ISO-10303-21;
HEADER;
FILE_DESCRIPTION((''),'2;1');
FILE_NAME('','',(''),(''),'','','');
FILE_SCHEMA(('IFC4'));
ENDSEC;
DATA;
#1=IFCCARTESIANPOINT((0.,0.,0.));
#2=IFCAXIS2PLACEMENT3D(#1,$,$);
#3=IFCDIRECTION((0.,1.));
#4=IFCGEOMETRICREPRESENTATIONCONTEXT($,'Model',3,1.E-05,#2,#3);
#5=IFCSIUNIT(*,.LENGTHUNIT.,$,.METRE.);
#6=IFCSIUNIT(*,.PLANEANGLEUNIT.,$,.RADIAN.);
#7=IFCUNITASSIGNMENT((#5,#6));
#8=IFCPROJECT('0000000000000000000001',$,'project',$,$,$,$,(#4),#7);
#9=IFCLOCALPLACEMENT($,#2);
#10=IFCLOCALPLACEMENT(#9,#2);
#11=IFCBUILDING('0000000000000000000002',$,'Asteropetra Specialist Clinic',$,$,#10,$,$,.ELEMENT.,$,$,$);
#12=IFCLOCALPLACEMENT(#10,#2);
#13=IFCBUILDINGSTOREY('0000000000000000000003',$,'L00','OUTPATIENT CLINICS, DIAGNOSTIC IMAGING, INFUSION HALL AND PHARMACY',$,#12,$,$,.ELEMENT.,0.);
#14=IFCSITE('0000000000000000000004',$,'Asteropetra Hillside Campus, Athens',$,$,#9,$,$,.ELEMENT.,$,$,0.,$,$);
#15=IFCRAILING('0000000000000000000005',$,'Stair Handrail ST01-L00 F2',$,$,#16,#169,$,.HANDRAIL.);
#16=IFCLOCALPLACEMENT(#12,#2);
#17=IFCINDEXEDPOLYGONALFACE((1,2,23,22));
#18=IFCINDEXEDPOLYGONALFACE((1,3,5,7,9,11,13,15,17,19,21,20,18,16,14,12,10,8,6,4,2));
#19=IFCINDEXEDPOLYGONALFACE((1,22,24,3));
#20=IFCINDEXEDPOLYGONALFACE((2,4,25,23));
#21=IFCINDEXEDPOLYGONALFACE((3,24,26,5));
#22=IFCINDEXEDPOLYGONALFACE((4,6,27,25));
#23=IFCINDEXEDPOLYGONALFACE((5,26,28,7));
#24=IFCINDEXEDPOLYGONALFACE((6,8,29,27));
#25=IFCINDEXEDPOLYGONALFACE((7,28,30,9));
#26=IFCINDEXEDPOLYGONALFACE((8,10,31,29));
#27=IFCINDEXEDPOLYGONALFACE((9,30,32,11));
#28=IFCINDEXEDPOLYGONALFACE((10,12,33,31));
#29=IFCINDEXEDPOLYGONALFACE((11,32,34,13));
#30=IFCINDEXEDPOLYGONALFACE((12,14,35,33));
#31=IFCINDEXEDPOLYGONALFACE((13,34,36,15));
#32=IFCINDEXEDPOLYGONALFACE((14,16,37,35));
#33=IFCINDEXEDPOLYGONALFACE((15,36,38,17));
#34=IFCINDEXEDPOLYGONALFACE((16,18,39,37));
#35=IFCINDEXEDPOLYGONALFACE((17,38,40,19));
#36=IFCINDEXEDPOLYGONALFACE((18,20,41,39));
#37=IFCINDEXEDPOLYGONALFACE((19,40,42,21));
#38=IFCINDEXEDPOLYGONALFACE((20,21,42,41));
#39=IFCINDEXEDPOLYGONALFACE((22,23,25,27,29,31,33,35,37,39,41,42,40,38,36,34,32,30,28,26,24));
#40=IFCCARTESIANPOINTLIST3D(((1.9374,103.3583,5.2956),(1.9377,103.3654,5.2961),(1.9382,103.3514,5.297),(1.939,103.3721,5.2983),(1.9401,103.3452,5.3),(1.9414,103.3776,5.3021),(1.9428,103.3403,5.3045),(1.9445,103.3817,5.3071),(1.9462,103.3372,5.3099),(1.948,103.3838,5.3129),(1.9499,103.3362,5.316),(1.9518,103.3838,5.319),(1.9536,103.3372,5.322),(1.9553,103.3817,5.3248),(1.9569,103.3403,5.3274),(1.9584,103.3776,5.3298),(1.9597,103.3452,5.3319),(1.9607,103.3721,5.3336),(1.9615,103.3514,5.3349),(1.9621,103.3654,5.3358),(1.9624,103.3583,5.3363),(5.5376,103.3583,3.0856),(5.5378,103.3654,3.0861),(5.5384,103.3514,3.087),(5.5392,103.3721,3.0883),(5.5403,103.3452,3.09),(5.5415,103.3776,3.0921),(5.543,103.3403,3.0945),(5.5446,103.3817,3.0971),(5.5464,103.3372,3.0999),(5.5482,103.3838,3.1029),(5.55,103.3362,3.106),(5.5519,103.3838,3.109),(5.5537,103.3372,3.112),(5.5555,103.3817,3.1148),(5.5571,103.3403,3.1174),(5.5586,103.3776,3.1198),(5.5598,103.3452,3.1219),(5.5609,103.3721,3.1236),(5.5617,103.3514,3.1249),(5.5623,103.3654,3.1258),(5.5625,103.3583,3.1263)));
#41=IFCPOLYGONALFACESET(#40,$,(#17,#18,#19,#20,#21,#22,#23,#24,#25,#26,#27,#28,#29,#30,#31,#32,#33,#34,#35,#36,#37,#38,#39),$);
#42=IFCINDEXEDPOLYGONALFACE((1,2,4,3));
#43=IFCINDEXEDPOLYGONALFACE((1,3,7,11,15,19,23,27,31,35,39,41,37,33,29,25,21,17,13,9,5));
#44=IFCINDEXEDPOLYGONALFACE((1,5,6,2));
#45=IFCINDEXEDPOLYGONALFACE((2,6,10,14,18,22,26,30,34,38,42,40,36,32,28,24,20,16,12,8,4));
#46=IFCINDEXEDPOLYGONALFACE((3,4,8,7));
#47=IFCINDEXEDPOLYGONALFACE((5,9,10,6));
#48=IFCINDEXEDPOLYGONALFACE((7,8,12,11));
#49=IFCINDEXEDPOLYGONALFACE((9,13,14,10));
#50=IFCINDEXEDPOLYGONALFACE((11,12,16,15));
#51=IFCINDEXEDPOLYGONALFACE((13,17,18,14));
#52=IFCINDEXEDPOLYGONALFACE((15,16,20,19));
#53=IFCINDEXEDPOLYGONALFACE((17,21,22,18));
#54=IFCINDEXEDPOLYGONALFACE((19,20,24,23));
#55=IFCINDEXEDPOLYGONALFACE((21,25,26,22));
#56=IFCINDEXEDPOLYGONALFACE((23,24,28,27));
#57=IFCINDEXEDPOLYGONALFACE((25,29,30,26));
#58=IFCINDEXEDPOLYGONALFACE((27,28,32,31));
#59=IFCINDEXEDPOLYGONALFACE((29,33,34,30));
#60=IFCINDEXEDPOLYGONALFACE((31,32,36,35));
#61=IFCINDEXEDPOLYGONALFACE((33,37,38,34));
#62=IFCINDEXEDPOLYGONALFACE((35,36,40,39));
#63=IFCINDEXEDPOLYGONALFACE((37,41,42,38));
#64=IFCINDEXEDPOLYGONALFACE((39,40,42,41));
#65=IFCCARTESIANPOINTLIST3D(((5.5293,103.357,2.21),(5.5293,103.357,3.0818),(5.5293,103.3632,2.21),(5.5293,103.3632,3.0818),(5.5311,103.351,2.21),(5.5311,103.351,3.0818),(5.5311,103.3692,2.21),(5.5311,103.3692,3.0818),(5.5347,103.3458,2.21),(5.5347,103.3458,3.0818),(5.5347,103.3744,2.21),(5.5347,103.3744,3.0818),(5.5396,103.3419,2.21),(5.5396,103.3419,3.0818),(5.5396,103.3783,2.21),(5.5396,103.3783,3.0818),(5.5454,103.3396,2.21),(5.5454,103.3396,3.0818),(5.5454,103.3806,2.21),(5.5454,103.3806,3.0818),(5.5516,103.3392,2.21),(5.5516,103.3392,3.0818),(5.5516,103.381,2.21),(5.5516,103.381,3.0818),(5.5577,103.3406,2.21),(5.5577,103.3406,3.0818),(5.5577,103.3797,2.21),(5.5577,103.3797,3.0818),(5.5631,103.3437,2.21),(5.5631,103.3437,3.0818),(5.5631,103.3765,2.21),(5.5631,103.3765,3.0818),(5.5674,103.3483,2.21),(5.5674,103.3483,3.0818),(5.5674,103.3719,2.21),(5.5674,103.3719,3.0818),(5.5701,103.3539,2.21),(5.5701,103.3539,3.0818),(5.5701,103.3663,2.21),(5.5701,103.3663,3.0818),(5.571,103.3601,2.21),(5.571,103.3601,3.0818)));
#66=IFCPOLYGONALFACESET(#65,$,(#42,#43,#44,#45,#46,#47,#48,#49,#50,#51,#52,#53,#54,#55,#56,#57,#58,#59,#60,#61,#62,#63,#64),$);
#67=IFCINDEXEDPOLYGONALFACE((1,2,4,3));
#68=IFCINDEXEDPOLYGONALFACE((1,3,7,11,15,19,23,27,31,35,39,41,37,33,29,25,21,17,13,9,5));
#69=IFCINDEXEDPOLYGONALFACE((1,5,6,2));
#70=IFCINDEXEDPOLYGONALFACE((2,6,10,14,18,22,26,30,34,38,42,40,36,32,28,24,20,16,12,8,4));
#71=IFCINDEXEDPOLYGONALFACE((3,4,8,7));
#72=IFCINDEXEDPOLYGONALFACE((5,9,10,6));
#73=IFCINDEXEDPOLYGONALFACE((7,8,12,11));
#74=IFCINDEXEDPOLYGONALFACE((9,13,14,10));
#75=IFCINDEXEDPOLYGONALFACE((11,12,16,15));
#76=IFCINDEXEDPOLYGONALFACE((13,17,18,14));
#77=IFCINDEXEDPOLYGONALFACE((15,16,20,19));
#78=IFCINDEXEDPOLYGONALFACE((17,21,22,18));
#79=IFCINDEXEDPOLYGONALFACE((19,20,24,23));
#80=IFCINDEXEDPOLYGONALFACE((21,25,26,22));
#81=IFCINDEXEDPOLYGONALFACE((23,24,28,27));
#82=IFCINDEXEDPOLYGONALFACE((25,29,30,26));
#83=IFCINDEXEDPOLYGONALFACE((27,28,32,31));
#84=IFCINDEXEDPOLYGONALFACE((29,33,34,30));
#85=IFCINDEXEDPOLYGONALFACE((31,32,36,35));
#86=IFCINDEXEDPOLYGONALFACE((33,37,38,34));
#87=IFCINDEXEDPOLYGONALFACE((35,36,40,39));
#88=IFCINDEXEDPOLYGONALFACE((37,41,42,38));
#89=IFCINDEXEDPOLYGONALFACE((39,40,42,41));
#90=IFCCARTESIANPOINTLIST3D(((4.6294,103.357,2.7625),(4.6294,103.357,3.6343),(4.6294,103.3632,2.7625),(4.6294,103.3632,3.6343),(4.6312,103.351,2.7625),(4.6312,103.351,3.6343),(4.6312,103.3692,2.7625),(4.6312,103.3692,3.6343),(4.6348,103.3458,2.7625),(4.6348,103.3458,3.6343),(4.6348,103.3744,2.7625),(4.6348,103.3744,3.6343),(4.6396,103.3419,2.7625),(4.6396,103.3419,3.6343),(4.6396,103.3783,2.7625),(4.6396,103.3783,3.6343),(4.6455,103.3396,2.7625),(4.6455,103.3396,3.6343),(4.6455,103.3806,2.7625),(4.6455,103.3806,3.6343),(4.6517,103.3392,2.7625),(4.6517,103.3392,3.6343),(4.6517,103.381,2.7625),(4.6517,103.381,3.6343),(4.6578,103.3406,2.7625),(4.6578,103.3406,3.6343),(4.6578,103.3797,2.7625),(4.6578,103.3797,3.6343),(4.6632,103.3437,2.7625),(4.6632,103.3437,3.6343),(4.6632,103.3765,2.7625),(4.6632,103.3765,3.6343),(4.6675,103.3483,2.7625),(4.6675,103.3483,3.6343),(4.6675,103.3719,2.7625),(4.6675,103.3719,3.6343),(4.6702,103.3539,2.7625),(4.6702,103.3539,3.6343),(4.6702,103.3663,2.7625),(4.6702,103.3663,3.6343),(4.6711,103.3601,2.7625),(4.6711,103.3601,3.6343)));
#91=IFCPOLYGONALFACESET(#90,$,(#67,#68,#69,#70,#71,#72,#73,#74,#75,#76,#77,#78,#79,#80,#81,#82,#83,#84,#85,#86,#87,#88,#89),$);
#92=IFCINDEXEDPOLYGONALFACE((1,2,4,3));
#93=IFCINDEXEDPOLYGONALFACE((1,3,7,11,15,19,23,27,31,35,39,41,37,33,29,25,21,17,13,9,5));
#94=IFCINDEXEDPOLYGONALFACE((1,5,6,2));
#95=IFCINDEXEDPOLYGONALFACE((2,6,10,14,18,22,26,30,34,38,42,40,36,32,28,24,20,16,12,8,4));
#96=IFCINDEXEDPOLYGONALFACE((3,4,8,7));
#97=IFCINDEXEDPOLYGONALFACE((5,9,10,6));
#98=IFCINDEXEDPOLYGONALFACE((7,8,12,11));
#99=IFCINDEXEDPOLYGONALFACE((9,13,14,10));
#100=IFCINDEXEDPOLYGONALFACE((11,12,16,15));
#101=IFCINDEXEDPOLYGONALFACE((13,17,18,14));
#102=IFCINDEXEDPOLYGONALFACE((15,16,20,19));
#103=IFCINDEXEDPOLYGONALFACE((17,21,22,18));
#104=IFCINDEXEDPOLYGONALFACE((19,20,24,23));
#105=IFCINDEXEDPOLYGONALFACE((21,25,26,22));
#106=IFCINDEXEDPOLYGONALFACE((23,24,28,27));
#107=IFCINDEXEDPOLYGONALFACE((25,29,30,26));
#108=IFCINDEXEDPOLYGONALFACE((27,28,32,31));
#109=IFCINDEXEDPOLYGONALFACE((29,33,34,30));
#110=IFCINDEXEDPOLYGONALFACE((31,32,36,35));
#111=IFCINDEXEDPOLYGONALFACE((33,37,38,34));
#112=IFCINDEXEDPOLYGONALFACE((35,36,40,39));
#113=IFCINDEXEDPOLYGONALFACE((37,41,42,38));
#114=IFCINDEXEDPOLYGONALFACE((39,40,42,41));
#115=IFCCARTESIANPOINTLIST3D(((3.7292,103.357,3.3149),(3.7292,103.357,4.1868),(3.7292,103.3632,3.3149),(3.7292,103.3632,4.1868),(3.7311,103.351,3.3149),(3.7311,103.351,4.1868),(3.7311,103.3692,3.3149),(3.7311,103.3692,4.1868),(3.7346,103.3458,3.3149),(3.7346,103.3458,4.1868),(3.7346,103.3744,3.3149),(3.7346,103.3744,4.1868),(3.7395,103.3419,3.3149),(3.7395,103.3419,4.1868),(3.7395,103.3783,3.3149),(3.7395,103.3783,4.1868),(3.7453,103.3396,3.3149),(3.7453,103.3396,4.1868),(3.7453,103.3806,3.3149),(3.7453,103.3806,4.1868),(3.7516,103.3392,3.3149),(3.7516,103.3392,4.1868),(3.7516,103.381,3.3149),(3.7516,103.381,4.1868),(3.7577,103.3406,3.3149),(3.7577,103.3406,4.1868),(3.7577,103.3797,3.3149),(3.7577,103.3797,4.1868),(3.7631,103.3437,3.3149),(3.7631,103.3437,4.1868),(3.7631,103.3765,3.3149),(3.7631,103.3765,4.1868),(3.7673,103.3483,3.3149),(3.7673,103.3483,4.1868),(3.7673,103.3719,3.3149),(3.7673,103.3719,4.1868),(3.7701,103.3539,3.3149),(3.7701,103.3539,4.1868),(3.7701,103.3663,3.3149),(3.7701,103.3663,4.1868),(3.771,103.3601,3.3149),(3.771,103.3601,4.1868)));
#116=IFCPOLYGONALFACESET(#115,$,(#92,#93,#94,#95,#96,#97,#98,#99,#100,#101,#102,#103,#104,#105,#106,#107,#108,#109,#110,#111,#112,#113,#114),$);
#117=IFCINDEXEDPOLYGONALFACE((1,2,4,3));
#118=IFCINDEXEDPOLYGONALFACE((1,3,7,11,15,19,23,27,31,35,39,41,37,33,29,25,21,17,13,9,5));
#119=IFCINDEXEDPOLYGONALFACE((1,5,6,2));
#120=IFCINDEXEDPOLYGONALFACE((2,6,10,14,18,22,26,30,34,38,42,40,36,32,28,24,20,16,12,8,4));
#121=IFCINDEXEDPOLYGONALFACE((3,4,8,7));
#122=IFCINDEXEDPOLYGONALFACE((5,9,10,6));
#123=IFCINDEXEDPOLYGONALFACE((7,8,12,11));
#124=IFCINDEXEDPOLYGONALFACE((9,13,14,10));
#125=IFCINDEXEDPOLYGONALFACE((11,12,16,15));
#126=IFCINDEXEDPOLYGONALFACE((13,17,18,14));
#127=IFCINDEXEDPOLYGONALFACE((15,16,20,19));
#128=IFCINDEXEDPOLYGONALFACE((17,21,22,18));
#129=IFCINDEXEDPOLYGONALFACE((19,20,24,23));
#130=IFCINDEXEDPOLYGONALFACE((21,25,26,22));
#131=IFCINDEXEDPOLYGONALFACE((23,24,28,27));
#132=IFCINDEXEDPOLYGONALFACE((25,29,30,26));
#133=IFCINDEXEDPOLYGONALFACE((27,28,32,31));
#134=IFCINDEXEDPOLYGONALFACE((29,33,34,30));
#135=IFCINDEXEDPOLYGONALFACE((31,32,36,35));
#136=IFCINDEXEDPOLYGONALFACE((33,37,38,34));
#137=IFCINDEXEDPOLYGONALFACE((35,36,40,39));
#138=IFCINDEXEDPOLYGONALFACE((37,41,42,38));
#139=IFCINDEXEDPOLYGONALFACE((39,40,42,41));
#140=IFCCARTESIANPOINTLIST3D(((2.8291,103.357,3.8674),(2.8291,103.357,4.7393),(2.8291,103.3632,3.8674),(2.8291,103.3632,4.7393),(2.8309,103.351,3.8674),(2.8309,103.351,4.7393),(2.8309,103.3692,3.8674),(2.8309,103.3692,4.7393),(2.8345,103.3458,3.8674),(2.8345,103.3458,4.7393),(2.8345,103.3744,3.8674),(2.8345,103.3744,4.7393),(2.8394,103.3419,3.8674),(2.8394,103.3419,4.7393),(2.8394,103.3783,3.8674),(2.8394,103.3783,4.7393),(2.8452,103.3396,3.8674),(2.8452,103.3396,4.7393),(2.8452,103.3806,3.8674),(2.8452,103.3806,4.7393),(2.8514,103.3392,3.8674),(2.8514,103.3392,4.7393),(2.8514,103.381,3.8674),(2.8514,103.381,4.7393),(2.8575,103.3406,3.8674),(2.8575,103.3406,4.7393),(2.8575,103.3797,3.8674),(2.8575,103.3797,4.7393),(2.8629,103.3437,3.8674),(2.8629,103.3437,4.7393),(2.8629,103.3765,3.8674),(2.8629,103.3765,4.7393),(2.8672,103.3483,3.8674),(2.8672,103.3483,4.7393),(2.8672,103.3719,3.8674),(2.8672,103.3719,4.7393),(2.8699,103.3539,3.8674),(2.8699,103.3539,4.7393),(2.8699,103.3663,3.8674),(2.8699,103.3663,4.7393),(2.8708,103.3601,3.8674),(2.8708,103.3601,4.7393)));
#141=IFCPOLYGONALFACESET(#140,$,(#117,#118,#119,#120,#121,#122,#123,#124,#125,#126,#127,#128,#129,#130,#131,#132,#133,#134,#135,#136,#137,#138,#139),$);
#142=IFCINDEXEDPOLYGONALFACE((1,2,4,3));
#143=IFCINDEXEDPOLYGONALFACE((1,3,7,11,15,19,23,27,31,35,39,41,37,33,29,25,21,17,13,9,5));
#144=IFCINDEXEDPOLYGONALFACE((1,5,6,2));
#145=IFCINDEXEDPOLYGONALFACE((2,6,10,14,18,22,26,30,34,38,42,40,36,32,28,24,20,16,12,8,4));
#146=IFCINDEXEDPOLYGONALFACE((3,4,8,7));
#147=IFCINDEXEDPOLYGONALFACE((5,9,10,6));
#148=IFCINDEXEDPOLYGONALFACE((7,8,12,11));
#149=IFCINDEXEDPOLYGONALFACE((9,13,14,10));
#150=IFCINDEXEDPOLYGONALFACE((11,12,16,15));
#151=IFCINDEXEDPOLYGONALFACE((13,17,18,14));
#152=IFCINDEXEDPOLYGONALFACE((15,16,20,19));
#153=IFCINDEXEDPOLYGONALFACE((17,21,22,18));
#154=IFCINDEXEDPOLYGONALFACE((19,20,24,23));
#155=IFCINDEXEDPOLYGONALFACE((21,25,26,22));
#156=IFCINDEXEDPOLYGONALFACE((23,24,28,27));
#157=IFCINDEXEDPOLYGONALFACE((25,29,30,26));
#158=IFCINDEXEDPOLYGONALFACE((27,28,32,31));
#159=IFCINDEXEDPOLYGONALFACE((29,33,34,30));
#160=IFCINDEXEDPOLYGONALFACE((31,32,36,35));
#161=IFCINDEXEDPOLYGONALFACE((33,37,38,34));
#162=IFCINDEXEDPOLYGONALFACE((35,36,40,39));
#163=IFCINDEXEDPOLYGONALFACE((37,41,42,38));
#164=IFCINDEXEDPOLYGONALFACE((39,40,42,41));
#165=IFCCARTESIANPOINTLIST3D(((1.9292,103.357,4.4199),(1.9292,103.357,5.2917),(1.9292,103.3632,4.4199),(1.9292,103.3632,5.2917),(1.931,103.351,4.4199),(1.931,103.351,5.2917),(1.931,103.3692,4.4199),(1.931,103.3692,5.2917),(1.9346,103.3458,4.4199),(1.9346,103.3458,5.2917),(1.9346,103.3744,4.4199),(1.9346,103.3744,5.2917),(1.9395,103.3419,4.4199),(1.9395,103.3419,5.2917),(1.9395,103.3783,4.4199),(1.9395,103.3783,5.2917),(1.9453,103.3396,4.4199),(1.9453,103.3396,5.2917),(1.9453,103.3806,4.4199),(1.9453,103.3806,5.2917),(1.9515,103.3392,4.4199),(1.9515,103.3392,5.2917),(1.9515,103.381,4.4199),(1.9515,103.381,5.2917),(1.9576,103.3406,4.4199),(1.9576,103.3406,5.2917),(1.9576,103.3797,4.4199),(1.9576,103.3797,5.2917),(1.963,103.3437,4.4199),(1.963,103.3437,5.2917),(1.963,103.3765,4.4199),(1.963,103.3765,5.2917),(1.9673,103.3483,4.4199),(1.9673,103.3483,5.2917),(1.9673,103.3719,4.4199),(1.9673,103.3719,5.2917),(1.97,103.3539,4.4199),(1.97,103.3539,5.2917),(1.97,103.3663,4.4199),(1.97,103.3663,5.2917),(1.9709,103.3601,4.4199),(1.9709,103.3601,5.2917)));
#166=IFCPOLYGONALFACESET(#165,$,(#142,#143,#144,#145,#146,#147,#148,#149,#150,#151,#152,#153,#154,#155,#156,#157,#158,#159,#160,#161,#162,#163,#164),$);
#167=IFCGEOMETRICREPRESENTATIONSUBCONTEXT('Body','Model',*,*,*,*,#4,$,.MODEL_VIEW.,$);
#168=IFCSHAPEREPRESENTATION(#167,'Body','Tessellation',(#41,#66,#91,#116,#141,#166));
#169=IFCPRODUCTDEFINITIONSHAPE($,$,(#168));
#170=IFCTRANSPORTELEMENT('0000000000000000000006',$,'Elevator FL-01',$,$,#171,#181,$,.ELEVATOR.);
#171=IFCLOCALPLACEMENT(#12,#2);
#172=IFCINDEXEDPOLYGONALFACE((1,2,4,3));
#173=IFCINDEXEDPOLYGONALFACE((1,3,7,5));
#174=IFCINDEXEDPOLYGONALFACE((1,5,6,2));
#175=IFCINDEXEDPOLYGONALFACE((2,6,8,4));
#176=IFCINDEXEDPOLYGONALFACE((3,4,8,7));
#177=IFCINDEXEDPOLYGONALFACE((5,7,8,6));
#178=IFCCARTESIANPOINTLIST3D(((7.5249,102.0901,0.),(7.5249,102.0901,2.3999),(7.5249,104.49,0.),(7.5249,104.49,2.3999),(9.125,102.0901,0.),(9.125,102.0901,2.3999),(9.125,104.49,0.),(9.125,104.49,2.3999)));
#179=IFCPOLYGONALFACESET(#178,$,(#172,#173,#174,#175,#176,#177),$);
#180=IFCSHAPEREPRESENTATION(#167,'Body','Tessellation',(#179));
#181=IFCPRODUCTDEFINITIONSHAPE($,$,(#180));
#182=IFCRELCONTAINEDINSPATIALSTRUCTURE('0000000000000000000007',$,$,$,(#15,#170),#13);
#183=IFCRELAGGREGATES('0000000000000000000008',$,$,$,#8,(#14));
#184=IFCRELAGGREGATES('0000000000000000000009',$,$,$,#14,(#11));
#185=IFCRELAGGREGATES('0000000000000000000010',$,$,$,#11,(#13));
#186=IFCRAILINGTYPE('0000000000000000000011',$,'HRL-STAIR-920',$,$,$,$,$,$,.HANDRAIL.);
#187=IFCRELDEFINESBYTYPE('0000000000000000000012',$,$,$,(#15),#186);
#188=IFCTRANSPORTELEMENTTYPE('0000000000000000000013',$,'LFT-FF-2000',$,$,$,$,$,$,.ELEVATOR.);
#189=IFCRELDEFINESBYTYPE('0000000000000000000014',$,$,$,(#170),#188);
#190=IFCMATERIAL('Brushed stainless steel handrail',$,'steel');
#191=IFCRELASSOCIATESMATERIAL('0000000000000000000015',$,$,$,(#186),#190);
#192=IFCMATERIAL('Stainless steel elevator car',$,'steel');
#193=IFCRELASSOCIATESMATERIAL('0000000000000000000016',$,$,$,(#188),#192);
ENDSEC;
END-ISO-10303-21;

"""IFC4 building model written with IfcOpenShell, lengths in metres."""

from ifc_helpers import new_model, si_unit, direction, frame, origin, origin_2d, place, context, subcontext, project, spatial, rectangle, circle, extrude, material, type_object, element, save


model = new_model("IFC4")

# Units and contexts
model_context = context("Model", 3, precision=1e-05, world=origin(), true_north=direction((0.0, 1.0)))
body_context = subcontext(model_context, "Body", "Model", "MODEL_VIEW")
ifc_project = project(units=[si_unit("LENGTHUNIT", "METRE"), si_unit("PLANEANGLEUNIT", "RADIAN")], contexts=[model_context])

# Site, building, storey
site_placement = place(None, origin())
site = spatial("IfcSite", under=ifc_project, at=site_placement, Name="Asteropetra Hillside Campus, Athens", CompositionType="ELEMENT", RefElevation=0.0)
building_placement = place(site_placement, origin())
building = spatial("IfcBuilding", under=site, at=building_placement, Name="Asteropetra Specialist Clinic", CompositionType="ELEMENT")
storey_placement = place(building_placement, origin())
storey = spatial("IfcBuildingStorey", under=building, at=storey_placement, Name="L00", Description="OUTPATIENT CLINICS, DIAGNOSTIC IMAGING, INFUSION HALL AND PHARMACY", CompositionType="ELEMENT", Elevation=0.0)

# Railing
ifc_material_1 = material(Name="Brushed stainless steel handrail", Category="steel")
railing_type_1 = type_object("IfcRailingType", Name="HRL-STAIR-920", PredefinedType="HANDRAIL", material=ifc_material_1)
railing_1_placement = place(storey_placement, frame((5.55, 103.3601, 2.21)))
element("IfcRailing", 1, at=railing_1_placement, inside=storey, type_object=railing_type_1, Name="Stair Handrail ST01-L00 F2", PredefinedType="HANDRAIL", context=body_context, shape_type="SweptSolid", body=[
    extrude(circle(Radius=0.0239, at=origin_2d()), frame((0.0, 0.0, 0.896), z_axis=(-0.852237, 0.0, 0.523156), x_axis=(0.0, -1.0, 0.0)), (0.0, 0.0, 1.0), 4.2244),
    extrude(circle(Radius=0.021, at=origin_2d()), origin(), (0.0, 0.0, 1.0), 0.8718),
    extrude(circle(Radius=0.021, at=origin_2d()), frame((-0.8999, 0.0, 0.5525)), (0.0, 0.0, 1.0), 0.8718),
    extrude(circle(Radius=0.021, at=origin_2d()), frame((-1.8, 0.0, 1.105)), (0.0, 0.0, 1.0), 0.8718),
    extrude(circle(Radius=0.021, at=origin_2d()), frame((-2.7002, 0.0, 1.6575)), (0.0, 0.0, 1.0), 0.8718),
    extrude(circle(Radius=0.021, at=origin_2d()), frame((-3.6001, 0.0, 2.21)), (0.0, 0.0, 1.0), 0.8718),
])

# Transport element
ifc_material_2 = material(Name="Stainless steel elevator car", Category="steel")
transport_element_type = type_object("IfcTransportElementType", Name="LFT-FF-2000", PredefinedType="ELEVATOR", material=ifc_material_2)
transport_element_placement = place(storey_placement, frame((8.325, 103.29, 0.0), z_axis=(0.0, 0.0, 1.0), x_axis=(1.0, 0.0, 0.0)))
element("IfcTransportElement", 2, at=transport_element_placement, inside=storey, type_object=transport_element_type, Name="Elevator FL-01", PredefinedType="ELEVATOR", context=body_context, shape_type="SweptSolid", body=[
    extrude(rectangle(XDim=1.6001, YDim=2.3999, at=origin_2d()), origin(), (0.0, 0.0, 1.0), 2.3999),
])

save(model, "model.ifc")
